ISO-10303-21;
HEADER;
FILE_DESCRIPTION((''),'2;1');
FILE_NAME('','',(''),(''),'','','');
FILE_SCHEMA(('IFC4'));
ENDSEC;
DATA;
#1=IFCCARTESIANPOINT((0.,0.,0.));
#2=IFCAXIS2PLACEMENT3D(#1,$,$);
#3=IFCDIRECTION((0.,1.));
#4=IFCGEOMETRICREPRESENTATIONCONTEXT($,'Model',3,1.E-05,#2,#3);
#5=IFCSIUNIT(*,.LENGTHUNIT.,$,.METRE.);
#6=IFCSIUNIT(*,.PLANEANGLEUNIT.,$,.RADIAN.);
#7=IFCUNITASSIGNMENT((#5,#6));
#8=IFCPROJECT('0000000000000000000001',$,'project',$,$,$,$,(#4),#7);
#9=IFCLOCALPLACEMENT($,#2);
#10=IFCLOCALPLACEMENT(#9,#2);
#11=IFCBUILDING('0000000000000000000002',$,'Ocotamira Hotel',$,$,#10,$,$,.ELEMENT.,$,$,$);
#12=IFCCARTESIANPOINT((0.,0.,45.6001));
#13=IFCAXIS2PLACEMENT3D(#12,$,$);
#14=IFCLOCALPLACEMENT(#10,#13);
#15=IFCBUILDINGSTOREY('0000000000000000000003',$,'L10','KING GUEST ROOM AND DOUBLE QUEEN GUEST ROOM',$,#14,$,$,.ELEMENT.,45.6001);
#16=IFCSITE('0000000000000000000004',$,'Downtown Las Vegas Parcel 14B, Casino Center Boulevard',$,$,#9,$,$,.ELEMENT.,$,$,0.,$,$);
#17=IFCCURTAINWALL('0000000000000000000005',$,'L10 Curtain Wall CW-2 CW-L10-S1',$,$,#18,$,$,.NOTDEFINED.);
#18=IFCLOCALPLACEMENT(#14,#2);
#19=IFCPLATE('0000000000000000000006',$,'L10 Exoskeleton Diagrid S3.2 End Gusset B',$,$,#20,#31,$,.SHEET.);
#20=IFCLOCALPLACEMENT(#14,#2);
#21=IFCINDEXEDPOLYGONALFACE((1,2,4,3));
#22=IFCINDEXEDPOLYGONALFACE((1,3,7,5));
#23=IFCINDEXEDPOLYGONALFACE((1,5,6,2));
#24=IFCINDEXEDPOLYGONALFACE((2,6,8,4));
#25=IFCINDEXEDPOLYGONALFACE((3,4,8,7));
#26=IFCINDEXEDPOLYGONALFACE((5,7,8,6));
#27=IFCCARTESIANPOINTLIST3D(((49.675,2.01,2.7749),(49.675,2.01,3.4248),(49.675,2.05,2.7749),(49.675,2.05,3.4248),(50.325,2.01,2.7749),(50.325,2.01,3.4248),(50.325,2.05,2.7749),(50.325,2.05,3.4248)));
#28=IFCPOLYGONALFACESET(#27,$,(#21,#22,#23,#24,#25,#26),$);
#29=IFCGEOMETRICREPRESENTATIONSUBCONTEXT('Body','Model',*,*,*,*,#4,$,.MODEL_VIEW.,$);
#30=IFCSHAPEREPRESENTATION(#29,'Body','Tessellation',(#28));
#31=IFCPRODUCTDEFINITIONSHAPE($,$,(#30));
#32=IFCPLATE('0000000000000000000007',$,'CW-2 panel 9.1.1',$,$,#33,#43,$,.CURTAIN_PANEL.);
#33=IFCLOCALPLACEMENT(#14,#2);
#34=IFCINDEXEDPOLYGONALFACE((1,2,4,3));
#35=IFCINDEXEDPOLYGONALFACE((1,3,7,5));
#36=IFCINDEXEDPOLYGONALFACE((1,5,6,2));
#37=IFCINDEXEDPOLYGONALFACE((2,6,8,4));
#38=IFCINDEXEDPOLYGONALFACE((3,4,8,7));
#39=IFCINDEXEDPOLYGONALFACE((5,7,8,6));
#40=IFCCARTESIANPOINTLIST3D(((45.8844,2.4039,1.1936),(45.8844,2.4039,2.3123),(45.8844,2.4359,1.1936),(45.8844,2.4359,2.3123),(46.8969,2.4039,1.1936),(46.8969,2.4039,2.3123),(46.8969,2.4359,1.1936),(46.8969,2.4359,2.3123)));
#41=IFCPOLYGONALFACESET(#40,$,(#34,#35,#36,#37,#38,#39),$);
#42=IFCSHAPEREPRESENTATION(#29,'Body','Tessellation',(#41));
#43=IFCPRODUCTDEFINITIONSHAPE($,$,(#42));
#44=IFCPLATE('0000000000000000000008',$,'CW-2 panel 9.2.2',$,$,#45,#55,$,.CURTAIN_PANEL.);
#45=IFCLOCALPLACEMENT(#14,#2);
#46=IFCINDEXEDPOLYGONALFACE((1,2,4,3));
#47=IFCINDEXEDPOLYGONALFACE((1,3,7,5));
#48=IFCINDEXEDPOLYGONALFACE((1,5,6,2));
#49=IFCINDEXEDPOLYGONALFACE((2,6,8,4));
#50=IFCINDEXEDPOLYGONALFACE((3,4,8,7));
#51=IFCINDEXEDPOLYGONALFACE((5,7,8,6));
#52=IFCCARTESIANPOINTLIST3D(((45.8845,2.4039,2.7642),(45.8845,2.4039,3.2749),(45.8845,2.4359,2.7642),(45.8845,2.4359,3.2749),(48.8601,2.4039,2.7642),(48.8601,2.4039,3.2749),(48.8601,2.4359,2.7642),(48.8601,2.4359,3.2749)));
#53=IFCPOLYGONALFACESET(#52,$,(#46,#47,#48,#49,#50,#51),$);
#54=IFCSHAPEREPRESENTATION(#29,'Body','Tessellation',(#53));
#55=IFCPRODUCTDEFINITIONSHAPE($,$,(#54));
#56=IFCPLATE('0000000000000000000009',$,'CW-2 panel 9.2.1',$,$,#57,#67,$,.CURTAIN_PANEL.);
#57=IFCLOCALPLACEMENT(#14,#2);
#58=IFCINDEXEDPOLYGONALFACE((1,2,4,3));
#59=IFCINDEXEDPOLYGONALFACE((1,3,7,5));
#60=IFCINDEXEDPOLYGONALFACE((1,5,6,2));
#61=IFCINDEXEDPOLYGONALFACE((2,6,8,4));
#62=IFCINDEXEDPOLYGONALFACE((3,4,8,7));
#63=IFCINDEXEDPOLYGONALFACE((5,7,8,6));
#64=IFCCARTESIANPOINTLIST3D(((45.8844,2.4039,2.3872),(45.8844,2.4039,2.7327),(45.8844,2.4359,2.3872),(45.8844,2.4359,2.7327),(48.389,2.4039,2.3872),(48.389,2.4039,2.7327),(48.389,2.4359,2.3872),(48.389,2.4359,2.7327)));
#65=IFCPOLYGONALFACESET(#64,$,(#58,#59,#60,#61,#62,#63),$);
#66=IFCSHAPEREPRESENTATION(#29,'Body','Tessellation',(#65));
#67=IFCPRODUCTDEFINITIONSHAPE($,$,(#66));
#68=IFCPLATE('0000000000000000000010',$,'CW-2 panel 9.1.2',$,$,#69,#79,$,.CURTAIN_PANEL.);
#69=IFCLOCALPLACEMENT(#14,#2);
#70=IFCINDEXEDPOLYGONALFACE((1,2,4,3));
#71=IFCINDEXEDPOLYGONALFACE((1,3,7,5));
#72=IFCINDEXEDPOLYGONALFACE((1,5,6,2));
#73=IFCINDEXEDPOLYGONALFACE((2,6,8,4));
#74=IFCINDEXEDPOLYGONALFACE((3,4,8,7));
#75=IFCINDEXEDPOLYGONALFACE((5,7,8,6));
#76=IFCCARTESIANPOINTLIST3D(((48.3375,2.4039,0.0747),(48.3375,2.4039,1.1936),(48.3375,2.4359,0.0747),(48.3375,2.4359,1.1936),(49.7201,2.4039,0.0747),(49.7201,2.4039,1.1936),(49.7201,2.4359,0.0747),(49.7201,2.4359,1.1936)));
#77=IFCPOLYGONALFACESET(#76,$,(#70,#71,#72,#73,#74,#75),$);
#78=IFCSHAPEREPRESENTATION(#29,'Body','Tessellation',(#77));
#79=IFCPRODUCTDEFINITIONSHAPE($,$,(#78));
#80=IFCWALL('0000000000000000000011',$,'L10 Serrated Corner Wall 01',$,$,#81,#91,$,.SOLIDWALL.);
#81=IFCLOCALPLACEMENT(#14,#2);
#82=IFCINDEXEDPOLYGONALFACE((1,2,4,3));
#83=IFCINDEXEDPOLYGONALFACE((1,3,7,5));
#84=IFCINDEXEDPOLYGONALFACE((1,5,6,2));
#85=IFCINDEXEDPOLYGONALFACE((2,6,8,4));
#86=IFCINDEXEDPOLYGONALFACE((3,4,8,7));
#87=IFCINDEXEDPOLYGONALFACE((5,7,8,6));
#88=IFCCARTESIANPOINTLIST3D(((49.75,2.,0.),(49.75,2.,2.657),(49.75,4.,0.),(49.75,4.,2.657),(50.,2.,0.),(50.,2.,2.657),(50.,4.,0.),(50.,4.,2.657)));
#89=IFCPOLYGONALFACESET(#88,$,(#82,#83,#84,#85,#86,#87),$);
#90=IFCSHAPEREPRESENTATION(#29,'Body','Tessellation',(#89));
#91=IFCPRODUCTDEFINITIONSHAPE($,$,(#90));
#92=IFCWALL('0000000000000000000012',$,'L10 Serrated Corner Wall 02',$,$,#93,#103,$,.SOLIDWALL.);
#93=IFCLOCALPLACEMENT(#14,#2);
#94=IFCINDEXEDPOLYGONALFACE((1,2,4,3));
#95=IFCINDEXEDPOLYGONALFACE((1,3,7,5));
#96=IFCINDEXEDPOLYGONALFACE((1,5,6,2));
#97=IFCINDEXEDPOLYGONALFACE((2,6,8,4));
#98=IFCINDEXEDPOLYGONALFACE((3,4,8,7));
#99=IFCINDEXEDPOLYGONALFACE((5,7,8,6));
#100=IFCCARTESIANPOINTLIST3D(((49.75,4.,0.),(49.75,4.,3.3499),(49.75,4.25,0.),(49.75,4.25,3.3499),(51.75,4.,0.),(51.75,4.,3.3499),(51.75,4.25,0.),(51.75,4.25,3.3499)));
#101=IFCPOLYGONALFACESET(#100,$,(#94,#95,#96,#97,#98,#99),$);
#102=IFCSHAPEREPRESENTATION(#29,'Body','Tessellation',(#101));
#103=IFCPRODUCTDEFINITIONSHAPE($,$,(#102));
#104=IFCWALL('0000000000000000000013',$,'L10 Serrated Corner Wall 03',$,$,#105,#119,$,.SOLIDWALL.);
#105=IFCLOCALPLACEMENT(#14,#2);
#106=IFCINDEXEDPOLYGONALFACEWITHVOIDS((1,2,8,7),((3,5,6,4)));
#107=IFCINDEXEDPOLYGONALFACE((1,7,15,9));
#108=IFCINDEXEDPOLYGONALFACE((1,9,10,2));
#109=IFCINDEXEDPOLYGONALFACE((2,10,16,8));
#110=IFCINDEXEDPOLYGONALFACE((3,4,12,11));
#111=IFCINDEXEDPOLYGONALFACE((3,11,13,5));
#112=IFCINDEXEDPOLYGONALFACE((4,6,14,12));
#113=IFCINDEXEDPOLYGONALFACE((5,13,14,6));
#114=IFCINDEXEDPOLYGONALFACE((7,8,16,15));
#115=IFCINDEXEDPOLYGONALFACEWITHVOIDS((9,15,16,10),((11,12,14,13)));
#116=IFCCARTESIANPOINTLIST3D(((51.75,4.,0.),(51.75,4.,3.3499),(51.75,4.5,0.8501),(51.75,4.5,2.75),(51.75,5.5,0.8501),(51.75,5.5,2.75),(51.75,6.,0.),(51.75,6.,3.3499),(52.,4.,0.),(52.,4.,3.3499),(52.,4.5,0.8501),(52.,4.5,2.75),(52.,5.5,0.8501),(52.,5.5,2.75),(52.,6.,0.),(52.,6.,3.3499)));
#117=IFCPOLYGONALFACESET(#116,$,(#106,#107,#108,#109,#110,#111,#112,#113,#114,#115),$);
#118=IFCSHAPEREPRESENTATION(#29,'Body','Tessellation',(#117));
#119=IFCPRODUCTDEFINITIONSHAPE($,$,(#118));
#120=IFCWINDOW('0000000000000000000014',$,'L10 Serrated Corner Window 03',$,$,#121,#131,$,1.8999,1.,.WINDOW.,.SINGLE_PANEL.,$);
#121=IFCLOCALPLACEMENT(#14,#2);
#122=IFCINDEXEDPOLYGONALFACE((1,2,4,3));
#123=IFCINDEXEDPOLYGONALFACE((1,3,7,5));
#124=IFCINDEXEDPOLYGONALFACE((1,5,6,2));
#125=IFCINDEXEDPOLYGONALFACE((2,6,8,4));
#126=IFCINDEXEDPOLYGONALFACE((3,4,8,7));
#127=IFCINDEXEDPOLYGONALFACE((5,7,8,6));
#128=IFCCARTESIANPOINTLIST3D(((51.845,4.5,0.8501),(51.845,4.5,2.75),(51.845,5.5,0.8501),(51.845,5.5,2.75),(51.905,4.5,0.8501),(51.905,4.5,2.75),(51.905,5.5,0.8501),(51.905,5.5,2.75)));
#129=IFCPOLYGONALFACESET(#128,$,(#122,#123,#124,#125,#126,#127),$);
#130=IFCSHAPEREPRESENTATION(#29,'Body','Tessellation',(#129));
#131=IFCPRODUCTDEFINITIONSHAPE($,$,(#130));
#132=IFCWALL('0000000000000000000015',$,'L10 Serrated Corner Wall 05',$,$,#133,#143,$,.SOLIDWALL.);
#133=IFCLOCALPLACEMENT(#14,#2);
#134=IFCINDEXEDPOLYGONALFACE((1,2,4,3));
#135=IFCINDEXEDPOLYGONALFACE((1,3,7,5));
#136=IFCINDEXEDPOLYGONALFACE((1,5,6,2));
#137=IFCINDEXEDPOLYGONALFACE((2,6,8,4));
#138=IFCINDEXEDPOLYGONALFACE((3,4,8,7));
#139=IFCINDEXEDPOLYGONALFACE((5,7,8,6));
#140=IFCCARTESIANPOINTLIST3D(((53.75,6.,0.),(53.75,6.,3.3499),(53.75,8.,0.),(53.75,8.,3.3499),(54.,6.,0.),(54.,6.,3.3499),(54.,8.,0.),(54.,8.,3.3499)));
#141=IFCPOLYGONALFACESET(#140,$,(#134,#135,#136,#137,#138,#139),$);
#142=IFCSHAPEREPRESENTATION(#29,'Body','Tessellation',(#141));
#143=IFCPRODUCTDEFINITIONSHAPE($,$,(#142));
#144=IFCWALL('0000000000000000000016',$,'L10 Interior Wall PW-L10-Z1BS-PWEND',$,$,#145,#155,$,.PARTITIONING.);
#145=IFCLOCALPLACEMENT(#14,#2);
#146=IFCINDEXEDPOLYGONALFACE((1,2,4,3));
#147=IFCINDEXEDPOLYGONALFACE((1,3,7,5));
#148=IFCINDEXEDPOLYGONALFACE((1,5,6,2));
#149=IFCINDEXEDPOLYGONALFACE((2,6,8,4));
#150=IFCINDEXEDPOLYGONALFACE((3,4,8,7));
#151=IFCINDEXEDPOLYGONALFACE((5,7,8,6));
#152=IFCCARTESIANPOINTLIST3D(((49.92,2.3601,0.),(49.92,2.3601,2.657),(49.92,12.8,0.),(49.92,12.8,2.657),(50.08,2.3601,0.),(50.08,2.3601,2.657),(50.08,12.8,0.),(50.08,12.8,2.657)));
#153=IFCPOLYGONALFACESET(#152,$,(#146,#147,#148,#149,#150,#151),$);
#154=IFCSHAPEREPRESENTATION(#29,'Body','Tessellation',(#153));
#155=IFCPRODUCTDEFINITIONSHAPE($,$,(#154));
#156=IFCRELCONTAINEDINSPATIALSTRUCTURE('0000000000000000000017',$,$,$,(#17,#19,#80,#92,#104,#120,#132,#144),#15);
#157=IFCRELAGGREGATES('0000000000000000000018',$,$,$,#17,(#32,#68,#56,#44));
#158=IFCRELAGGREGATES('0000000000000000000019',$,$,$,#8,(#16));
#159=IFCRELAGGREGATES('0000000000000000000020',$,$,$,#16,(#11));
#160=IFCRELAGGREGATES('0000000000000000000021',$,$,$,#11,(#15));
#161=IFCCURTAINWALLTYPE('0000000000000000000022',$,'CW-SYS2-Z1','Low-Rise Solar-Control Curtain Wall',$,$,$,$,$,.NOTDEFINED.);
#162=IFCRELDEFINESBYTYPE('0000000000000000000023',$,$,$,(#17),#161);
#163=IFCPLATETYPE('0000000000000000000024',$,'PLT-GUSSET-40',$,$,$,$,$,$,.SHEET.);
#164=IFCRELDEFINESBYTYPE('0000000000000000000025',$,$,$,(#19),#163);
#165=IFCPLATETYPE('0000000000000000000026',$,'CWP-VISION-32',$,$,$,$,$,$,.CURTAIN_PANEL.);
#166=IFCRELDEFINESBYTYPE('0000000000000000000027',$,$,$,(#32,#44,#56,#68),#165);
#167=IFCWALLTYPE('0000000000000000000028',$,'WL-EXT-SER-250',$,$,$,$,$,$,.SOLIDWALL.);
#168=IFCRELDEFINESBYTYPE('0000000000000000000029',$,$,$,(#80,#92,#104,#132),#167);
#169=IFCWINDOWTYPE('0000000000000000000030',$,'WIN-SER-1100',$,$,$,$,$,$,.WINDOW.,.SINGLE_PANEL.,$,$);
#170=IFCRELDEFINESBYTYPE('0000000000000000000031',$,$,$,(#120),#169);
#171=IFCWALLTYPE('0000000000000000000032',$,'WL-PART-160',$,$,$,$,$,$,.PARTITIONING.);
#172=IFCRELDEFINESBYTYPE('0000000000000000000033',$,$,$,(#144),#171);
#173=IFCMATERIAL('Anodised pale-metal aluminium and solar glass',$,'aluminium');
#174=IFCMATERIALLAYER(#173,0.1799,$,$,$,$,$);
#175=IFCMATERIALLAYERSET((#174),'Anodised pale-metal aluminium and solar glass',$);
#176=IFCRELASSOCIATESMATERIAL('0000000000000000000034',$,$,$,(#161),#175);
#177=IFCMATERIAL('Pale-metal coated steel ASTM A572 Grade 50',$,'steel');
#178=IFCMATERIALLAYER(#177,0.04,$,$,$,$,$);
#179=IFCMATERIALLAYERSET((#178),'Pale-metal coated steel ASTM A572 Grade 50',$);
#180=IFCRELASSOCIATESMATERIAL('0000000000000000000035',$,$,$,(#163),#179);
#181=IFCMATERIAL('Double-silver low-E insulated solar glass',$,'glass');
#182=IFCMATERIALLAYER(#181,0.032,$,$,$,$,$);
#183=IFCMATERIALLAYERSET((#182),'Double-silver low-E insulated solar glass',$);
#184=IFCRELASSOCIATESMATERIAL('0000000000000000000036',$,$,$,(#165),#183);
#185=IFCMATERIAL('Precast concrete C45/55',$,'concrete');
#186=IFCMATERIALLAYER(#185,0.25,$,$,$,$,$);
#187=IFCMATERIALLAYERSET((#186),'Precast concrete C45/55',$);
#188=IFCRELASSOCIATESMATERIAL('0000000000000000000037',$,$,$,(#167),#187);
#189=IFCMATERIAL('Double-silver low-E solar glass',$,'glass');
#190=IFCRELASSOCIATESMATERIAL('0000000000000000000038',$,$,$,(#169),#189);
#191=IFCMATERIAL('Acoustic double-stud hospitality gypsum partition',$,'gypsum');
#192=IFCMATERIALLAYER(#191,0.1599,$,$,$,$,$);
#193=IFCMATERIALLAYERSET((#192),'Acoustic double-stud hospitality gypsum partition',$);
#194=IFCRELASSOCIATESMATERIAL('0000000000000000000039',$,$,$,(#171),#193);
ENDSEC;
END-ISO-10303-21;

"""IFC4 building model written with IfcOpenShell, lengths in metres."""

from ifc_helpers import new_model, si_unit, direction, frame, frame_2d, origin, origin_2d, place, context, subcontext, project, spatial, rectangle, extrude, source, transform, mapped, material, layer, layer_set, type_object, element, fill, aggregate, save


model = new_model("IFC4")

# Units and contexts
model_context = context("Model", 3, precision=1e-05, world=origin(), true_north=direction((0.0, 1.0)))
body_context = subcontext(model_context, "Body", "Model", "MODEL_VIEW")
ifc_project = project(units=[si_unit("LENGTHUNIT", "METRE"), si_unit("PLANEANGLEUNIT", "RADIAN")], contexts=[model_context])

# Site, building, storey
site_placement = place(None, origin())
site = spatial("IfcSite", under=ifc_project, at=site_placement, Name="Downtown Las Vegas Parcel 14B, Casino Center Boulevard", CompositionType="ELEMENT", RefElevation=0.0)
building_placement = place(site_placement, origin())
building = spatial("IfcBuilding", under=site, at=building_placement, Name="Ocotamira Hotel", CompositionType="ELEMENT")
storey_placement = place(building_placement, frame((0.0, 0.0, 45.6001)))
storey = spatial("IfcBuildingStorey", under=building, at=storey_placement, Name="L10", Description="KING GUEST ROOM AND DOUBLE QUEEN GUEST ROOM", CompositionType="ELEMENT", Elevation=45.6001)

# Curtain wall
ifc_material_1 = material(Name="Anodised pale-metal aluminium and solar glass", Category="aluminium")
ifc_layer_1 = layer(ifc_material_1, 0.1799)
ifc_layer_set_1 = layer_set([ifc_layer_1], Name="Anodised pale-metal aluminium and solar glass")
curtain_wall_type = type_object("IfcCurtainWallType", Name="CW-SYS2-Z1", Description="Low-Rise Solar-Control Curtain Wall", PredefinedType="NOTDEFINED", material=ifc_layer_set_1)
curtain_wall_placement = place(storey_placement, origin())
curtain_wall = element("IfcCurtainWall", 1, at=curtain_wall_placement, inside=storey, type_object=curtain_wall_type, Name="L10 Curtain Wall CW-2 CW-L10-S1", PredefinedType="NOTDEFINED")

# Plates
ifc_material_2 = material(Name="Pale-metal coated steel ASTM A572 Grade 50", Category="steel")
ifc_layer_2 = layer(ifc_material_2, 0.04)
ifc_layer_set_2 = layer_set([ifc_layer_2], Name="Pale-metal coated steel ASTM A572 Grade 50")
plate_type_1 = type_object("IfcPlateType", Name="PLT-GUSSET-40", PredefinedType="SHEET", material=ifc_layer_set_2)
shared_shape_1 = source(origin(), body_context, "Body", "SweptSolid", [
    extrude(rectangle(XDim=0.6499, YDim=0.04, at=origin_2d()), origin(), (0.0, 0.0, 1.0), 0.6499),
])
plate_1_placement = place(storey_placement, frame((50.0, 2.03, 2.7749), z_axis=(0.0, 0.0, 1.0), x_axis=(1.0, 0.0, 0.0)))
element("IfcPlate", 2, at=plate_1_placement, inside=storey, type_object=plate_type_1, Name="L10 Exoskeleton Diagrid S3.2 End Gusset B", PredefinedType="SHEET", context=body_context, shape_type="MappedRepresentation", body=[
    mapped(shared_shape_1, transform((0.0, 0.0, 0.0), scale=1.0)),
])
ifc_material_3 = material(Name="Double-silver low-E insulated solar glass", Category="glass")
ifc_layer_3 = layer(ifc_material_3, 0.032)
ifc_layer_set_3 = layer_set([ifc_layer_3], Name="Double-silver low-E insulated solar glass")
plate_type_2 = type_object("IfcPlateType", Name="CWP-VISION-32", PredefinedType="CURTAIN_PANEL", material=ifc_layer_set_3)
shared_shape_2 = source(origin(), body_context, "Body", "SweptSolid", [
    extrude(rectangle(XDim=1.0125, YDim=0.032, at=origin_2d()), origin(), (0.0, 0.0, 1.0), 1.1187),
])
plate_2_placement = place(storey_placement, frame((46.3906, 2.4199, 1.1936), z_axis=(0.0, 0.0, 1.0), x_axis=(1.0, 0.0, 0.0)))
plate_2 = element("IfcPlate", 3, at=plate_2_placement, type_object=plate_type_2, Name="CW-2 panel 9.1.1", PredefinedType="CURTAIN_PANEL", context=body_context, shape_type="MappedRepresentation", body=[
    mapped(shared_shape_2, transform((0.0, 0.0, 0.0), scale=1.0)),
])
shared_shape_3 = source(origin(), body_context, "Body", "SweptSolid", [
    extrude(rectangle(XDim=2.9756, YDim=0.032, at=origin_2d()), origin(), (0.0, 0.0, 1.0), 0.5107),
])
plate_3_placement = place(storey_placement, frame((47.3723, 2.4199, 2.7642), z_axis=(0.0, 0.0, 1.0), x_axis=(1.0, 0.0, 0.0)))
plate_3 = element("IfcPlate", 4, at=plate_3_placement, type_object=plate_type_2, Name="CW-2 panel 9.2.2", PredefinedType="CURTAIN_PANEL", context=body_context, shape_type="MappedRepresentation", body=[
    mapped(shared_shape_3, transform((0.0, 0.0, 0.0), scale=1.0)),
])
shared_shape_4 = source(origin(), body_context, "Body", "SweptSolid", [
    extrude(rectangle(XDim=2.5046, YDim=0.032, at=origin_2d()), origin(), (0.0, 0.0, 1.0), 0.3455),
])
plate_4_placement = place(storey_placement, frame((47.1367, 2.4199, 2.3872), z_axis=(0.0, 0.0, 1.0), x_axis=(1.0, 0.0, 0.0)))
plate_4 = element("IfcPlate", 5, at=plate_4_placement, type_object=plate_type_2, Name="CW-2 panel 9.2.1", PredefinedType="CURTAIN_PANEL", context=body_context, shape_type="MappedRepresentation", body=[
    mapped(shared_shape_4, transform((0.0, 0.0, 0.0), scale=1.0)),
])
shared_shape_5 = source(origin(), body_context, "Body", "SweptSolid", [
    extrude(rectangle(XDim=1.3826, YDim=0.032, at=origin_2d()), origin(), (0.0, 0.0, 1.0), 1.1189),
])
plate_5_placement = place(storey_placement, frame((49.0288, 2.4199, 0.0747), z_axis=(0.0, 0.0, 1.0), x_axis=(1.0, 0.0, 0.0)))
plate_5 = element("IfcPlate", 6, at=plate_5_placement, type_object=plate_type_2, Name="CW-2 panel 9.1.2", PredefinedType="CURTAIN_PANEL", context=body_context, shape_type="MappedRepresentation", body=[
    mapped(shared_shape_5, transform((0.0, 0.0, 0.0), scale=1.0)),
])
aggregate(curtain_wall, [plate_2, plate_5, plate_4, plate_3])

# Walls
ifc_material_4 = material(Name="Precast concrete C45/55", Category="concrete")
ifc_layer_4 = layer(ifc_material_4, 0.25)
ifc_layer_set_4 = layer_set([ifc_layer_4], Name="Precast concrete C45/55")
wall_type_1 = type_object("IfcWallType", Name="WL-EXT-SER-250", PredefinedType="SOLIDWALL", material=ifc_layer_set_4)
wall_1_placement = place(storey_placement, frame((49.875, 2.0, 0.0), z_axis=(0.0, 0.0, 1.0), x_axis=(0.0, 1.0, 0.0)))
element("IfcWall", 7, at=wall_1_placement, inside=storey, type_object=wall_type_1, Name="L10 Serrated Corner Wall 01", PredefinedType="SOLIDWALL", context=body_context, shape_type="SweptSolid", body=[
    extrude(rectangle(XDim=2.0, YDim=0.25, at=frame_2d((1.0, 0.0))), origin(), (0.0, 0.0, 1.0), 2.657),
])
wall_2_placement = place(storey_placement, frame((49.75, 4.125, 0.0), z_axis=(0.0, 0.0, 1.0), x_axis=(1.0, 0.0, 0.0)))
element("IfcWall", 8, at=wall_2_placement, inside=storey, type_object=wall_type_1, Name="L10 Serrated Corner Wall 02", PredefinedType="SOLIDWALL", context=body_context, shape_type="SweptSolid", body=[
    extrude(rectangle(XDim=2.0, YDim=0.25, at=frame_2d((1.0, 0.0))), origin(), (0.0, 0.0, 1.0), 3.3499),
])

# Wall, opening, window
wall_3_placement = place(storey_placement, frame((51.875, 4.0, 0.0), z_axis=(0.0, 0.0, 1.0), x_axis=(0.0, 1.0, 0.0)))
wall_3 = element("IfcWall", 9, at=wall_3_placement, inside=storey, type_object=wall_type_1, Name="L10 Serrated Corner Wall 03", PredefinedType="SOLIDWALL", context=body_context, shape_type="SweptSolid", body=[
    extrude(rectangle(XDim=2.0, YDim=0.25, at=frame_2d((1.0, 0.0))), origin(), (0.0, 0.0, 1.0), 3.3499),
])
opening_placement = place(wall_3_placement, frame((0.5, 0.0, 0.8501)))
opening = element("IfcOpeningElement", 10, at=opening_placement, cuts=wall_3, PredefinedType="OPENING", context=body_context, shape_type="SweptSolid", body=[
    extrude(rectangle(XDim=1.0, YDim=1.8999, at=frame_2d((0.5, 0.95))), frame((0.0, 0.135, 0.0), z_axis=(0.0, -1.0, 0.0), x_axis=(1.0, 0.0, 0.0)), (0.0, 0.0, 1.0), 0.27),
])
ifc_material_5 = material(Name="Double-silver low-E solar glass", Category="glass")
window_type = type_object("IfcWindowType", Name="WIN-SER-1100", PartitioningType="SINGLE_PANEL", PredefinedType="WINDOW", material=ifc_material_5)
shared_shape_6 = source(origin(), body_context, "Body", "SweptSolid", [
    extrude(rectangle(XDim=1.0, YDim=1.8999, at=frame_2d((0.5, 0.95))), frame((0.0, 0.03, 0.0), z_axis=(0.0, -1.0, 0.0), x_axis=(1.0, 0.0, 0.0)), (0.0, 0.0, 1.0), 0.0601),
])
window_placement = place(opening_placement, origin())
window = element("IfcWindow", 11, at=window_placement, inside=storey, type_object=window_type, Name="L10 Serrated Corner Window 03", OverallHeight=1.8999, OverallWidth=1.0, PartitioningType="SINGLE_PANEL", PredefinedType="WINDOW", context=body_context, shape_type="MappedRepresentation", body=[
    mapped(shared_shape_6, transform((0.0, 0.0, 0.0), scale=1.0)),
])
fill(opening, window)

# Walls
wall_4_placement = place(storey_placement, frame((53.875, 6.0, 0.0), z_axis=(0.0, 0.0, 1.0), x_axis=(0.0, 1.0, 0.0)))
element("IfcWall", 12, at=wall_4_placement, inside=storey, type_object=wall_type_1, Name="L10 Serrated Corner Wall 05", PredefinedType="SOLIDWALL", context=body_context, shape_type="SweptSolid", body=[
    extrude(rectangle(XDim=2.0, YDim=0.25, at=frame_2d((1.0, 0.0))), origin(), (0.0, 0.0, 1.0), 3.3499),
])
ifc_material_6 = material(Name="Acoustic double-stud hospitality gypsum partition", Category="gypsum")
ifc_layer_5 = layer(ifc_material_6, 0.1599)
ifc_layer_set_5 = layer_set([ifc_layer_5], Name="Acoustic double-stud hospitality gypsum partition")
wall_type_2 = type_object("IfcWallType", Name="WL-PART-160", PredefinedType="PARTITIONING", material=ifc_layer_set_5)
wall_5_placement = place(storey_placement, frame((50.0, 2.3601, 0.0), z_axis=(0.0, 0.0, 1.0), x_axis=(0.0, 1.0, 0.0)))
element("IfcWall", 13, at=wall_5_placement, inside=storey, type_object=wall_type_2, Name="L10 Interior Wall PW-L10-Z1BS-PWEND", PredefinedType="PARTITIONING", context=body_context, shape_type="SweptSolid", body=[
    extrude(rectangle(XDim=10.4399, YDim=0.1599, at=frame_2d((5.22, 0.0))), origin(), (0.0, 0.0, 1.0), 2.657),
])

save(model, "model.ifc")
